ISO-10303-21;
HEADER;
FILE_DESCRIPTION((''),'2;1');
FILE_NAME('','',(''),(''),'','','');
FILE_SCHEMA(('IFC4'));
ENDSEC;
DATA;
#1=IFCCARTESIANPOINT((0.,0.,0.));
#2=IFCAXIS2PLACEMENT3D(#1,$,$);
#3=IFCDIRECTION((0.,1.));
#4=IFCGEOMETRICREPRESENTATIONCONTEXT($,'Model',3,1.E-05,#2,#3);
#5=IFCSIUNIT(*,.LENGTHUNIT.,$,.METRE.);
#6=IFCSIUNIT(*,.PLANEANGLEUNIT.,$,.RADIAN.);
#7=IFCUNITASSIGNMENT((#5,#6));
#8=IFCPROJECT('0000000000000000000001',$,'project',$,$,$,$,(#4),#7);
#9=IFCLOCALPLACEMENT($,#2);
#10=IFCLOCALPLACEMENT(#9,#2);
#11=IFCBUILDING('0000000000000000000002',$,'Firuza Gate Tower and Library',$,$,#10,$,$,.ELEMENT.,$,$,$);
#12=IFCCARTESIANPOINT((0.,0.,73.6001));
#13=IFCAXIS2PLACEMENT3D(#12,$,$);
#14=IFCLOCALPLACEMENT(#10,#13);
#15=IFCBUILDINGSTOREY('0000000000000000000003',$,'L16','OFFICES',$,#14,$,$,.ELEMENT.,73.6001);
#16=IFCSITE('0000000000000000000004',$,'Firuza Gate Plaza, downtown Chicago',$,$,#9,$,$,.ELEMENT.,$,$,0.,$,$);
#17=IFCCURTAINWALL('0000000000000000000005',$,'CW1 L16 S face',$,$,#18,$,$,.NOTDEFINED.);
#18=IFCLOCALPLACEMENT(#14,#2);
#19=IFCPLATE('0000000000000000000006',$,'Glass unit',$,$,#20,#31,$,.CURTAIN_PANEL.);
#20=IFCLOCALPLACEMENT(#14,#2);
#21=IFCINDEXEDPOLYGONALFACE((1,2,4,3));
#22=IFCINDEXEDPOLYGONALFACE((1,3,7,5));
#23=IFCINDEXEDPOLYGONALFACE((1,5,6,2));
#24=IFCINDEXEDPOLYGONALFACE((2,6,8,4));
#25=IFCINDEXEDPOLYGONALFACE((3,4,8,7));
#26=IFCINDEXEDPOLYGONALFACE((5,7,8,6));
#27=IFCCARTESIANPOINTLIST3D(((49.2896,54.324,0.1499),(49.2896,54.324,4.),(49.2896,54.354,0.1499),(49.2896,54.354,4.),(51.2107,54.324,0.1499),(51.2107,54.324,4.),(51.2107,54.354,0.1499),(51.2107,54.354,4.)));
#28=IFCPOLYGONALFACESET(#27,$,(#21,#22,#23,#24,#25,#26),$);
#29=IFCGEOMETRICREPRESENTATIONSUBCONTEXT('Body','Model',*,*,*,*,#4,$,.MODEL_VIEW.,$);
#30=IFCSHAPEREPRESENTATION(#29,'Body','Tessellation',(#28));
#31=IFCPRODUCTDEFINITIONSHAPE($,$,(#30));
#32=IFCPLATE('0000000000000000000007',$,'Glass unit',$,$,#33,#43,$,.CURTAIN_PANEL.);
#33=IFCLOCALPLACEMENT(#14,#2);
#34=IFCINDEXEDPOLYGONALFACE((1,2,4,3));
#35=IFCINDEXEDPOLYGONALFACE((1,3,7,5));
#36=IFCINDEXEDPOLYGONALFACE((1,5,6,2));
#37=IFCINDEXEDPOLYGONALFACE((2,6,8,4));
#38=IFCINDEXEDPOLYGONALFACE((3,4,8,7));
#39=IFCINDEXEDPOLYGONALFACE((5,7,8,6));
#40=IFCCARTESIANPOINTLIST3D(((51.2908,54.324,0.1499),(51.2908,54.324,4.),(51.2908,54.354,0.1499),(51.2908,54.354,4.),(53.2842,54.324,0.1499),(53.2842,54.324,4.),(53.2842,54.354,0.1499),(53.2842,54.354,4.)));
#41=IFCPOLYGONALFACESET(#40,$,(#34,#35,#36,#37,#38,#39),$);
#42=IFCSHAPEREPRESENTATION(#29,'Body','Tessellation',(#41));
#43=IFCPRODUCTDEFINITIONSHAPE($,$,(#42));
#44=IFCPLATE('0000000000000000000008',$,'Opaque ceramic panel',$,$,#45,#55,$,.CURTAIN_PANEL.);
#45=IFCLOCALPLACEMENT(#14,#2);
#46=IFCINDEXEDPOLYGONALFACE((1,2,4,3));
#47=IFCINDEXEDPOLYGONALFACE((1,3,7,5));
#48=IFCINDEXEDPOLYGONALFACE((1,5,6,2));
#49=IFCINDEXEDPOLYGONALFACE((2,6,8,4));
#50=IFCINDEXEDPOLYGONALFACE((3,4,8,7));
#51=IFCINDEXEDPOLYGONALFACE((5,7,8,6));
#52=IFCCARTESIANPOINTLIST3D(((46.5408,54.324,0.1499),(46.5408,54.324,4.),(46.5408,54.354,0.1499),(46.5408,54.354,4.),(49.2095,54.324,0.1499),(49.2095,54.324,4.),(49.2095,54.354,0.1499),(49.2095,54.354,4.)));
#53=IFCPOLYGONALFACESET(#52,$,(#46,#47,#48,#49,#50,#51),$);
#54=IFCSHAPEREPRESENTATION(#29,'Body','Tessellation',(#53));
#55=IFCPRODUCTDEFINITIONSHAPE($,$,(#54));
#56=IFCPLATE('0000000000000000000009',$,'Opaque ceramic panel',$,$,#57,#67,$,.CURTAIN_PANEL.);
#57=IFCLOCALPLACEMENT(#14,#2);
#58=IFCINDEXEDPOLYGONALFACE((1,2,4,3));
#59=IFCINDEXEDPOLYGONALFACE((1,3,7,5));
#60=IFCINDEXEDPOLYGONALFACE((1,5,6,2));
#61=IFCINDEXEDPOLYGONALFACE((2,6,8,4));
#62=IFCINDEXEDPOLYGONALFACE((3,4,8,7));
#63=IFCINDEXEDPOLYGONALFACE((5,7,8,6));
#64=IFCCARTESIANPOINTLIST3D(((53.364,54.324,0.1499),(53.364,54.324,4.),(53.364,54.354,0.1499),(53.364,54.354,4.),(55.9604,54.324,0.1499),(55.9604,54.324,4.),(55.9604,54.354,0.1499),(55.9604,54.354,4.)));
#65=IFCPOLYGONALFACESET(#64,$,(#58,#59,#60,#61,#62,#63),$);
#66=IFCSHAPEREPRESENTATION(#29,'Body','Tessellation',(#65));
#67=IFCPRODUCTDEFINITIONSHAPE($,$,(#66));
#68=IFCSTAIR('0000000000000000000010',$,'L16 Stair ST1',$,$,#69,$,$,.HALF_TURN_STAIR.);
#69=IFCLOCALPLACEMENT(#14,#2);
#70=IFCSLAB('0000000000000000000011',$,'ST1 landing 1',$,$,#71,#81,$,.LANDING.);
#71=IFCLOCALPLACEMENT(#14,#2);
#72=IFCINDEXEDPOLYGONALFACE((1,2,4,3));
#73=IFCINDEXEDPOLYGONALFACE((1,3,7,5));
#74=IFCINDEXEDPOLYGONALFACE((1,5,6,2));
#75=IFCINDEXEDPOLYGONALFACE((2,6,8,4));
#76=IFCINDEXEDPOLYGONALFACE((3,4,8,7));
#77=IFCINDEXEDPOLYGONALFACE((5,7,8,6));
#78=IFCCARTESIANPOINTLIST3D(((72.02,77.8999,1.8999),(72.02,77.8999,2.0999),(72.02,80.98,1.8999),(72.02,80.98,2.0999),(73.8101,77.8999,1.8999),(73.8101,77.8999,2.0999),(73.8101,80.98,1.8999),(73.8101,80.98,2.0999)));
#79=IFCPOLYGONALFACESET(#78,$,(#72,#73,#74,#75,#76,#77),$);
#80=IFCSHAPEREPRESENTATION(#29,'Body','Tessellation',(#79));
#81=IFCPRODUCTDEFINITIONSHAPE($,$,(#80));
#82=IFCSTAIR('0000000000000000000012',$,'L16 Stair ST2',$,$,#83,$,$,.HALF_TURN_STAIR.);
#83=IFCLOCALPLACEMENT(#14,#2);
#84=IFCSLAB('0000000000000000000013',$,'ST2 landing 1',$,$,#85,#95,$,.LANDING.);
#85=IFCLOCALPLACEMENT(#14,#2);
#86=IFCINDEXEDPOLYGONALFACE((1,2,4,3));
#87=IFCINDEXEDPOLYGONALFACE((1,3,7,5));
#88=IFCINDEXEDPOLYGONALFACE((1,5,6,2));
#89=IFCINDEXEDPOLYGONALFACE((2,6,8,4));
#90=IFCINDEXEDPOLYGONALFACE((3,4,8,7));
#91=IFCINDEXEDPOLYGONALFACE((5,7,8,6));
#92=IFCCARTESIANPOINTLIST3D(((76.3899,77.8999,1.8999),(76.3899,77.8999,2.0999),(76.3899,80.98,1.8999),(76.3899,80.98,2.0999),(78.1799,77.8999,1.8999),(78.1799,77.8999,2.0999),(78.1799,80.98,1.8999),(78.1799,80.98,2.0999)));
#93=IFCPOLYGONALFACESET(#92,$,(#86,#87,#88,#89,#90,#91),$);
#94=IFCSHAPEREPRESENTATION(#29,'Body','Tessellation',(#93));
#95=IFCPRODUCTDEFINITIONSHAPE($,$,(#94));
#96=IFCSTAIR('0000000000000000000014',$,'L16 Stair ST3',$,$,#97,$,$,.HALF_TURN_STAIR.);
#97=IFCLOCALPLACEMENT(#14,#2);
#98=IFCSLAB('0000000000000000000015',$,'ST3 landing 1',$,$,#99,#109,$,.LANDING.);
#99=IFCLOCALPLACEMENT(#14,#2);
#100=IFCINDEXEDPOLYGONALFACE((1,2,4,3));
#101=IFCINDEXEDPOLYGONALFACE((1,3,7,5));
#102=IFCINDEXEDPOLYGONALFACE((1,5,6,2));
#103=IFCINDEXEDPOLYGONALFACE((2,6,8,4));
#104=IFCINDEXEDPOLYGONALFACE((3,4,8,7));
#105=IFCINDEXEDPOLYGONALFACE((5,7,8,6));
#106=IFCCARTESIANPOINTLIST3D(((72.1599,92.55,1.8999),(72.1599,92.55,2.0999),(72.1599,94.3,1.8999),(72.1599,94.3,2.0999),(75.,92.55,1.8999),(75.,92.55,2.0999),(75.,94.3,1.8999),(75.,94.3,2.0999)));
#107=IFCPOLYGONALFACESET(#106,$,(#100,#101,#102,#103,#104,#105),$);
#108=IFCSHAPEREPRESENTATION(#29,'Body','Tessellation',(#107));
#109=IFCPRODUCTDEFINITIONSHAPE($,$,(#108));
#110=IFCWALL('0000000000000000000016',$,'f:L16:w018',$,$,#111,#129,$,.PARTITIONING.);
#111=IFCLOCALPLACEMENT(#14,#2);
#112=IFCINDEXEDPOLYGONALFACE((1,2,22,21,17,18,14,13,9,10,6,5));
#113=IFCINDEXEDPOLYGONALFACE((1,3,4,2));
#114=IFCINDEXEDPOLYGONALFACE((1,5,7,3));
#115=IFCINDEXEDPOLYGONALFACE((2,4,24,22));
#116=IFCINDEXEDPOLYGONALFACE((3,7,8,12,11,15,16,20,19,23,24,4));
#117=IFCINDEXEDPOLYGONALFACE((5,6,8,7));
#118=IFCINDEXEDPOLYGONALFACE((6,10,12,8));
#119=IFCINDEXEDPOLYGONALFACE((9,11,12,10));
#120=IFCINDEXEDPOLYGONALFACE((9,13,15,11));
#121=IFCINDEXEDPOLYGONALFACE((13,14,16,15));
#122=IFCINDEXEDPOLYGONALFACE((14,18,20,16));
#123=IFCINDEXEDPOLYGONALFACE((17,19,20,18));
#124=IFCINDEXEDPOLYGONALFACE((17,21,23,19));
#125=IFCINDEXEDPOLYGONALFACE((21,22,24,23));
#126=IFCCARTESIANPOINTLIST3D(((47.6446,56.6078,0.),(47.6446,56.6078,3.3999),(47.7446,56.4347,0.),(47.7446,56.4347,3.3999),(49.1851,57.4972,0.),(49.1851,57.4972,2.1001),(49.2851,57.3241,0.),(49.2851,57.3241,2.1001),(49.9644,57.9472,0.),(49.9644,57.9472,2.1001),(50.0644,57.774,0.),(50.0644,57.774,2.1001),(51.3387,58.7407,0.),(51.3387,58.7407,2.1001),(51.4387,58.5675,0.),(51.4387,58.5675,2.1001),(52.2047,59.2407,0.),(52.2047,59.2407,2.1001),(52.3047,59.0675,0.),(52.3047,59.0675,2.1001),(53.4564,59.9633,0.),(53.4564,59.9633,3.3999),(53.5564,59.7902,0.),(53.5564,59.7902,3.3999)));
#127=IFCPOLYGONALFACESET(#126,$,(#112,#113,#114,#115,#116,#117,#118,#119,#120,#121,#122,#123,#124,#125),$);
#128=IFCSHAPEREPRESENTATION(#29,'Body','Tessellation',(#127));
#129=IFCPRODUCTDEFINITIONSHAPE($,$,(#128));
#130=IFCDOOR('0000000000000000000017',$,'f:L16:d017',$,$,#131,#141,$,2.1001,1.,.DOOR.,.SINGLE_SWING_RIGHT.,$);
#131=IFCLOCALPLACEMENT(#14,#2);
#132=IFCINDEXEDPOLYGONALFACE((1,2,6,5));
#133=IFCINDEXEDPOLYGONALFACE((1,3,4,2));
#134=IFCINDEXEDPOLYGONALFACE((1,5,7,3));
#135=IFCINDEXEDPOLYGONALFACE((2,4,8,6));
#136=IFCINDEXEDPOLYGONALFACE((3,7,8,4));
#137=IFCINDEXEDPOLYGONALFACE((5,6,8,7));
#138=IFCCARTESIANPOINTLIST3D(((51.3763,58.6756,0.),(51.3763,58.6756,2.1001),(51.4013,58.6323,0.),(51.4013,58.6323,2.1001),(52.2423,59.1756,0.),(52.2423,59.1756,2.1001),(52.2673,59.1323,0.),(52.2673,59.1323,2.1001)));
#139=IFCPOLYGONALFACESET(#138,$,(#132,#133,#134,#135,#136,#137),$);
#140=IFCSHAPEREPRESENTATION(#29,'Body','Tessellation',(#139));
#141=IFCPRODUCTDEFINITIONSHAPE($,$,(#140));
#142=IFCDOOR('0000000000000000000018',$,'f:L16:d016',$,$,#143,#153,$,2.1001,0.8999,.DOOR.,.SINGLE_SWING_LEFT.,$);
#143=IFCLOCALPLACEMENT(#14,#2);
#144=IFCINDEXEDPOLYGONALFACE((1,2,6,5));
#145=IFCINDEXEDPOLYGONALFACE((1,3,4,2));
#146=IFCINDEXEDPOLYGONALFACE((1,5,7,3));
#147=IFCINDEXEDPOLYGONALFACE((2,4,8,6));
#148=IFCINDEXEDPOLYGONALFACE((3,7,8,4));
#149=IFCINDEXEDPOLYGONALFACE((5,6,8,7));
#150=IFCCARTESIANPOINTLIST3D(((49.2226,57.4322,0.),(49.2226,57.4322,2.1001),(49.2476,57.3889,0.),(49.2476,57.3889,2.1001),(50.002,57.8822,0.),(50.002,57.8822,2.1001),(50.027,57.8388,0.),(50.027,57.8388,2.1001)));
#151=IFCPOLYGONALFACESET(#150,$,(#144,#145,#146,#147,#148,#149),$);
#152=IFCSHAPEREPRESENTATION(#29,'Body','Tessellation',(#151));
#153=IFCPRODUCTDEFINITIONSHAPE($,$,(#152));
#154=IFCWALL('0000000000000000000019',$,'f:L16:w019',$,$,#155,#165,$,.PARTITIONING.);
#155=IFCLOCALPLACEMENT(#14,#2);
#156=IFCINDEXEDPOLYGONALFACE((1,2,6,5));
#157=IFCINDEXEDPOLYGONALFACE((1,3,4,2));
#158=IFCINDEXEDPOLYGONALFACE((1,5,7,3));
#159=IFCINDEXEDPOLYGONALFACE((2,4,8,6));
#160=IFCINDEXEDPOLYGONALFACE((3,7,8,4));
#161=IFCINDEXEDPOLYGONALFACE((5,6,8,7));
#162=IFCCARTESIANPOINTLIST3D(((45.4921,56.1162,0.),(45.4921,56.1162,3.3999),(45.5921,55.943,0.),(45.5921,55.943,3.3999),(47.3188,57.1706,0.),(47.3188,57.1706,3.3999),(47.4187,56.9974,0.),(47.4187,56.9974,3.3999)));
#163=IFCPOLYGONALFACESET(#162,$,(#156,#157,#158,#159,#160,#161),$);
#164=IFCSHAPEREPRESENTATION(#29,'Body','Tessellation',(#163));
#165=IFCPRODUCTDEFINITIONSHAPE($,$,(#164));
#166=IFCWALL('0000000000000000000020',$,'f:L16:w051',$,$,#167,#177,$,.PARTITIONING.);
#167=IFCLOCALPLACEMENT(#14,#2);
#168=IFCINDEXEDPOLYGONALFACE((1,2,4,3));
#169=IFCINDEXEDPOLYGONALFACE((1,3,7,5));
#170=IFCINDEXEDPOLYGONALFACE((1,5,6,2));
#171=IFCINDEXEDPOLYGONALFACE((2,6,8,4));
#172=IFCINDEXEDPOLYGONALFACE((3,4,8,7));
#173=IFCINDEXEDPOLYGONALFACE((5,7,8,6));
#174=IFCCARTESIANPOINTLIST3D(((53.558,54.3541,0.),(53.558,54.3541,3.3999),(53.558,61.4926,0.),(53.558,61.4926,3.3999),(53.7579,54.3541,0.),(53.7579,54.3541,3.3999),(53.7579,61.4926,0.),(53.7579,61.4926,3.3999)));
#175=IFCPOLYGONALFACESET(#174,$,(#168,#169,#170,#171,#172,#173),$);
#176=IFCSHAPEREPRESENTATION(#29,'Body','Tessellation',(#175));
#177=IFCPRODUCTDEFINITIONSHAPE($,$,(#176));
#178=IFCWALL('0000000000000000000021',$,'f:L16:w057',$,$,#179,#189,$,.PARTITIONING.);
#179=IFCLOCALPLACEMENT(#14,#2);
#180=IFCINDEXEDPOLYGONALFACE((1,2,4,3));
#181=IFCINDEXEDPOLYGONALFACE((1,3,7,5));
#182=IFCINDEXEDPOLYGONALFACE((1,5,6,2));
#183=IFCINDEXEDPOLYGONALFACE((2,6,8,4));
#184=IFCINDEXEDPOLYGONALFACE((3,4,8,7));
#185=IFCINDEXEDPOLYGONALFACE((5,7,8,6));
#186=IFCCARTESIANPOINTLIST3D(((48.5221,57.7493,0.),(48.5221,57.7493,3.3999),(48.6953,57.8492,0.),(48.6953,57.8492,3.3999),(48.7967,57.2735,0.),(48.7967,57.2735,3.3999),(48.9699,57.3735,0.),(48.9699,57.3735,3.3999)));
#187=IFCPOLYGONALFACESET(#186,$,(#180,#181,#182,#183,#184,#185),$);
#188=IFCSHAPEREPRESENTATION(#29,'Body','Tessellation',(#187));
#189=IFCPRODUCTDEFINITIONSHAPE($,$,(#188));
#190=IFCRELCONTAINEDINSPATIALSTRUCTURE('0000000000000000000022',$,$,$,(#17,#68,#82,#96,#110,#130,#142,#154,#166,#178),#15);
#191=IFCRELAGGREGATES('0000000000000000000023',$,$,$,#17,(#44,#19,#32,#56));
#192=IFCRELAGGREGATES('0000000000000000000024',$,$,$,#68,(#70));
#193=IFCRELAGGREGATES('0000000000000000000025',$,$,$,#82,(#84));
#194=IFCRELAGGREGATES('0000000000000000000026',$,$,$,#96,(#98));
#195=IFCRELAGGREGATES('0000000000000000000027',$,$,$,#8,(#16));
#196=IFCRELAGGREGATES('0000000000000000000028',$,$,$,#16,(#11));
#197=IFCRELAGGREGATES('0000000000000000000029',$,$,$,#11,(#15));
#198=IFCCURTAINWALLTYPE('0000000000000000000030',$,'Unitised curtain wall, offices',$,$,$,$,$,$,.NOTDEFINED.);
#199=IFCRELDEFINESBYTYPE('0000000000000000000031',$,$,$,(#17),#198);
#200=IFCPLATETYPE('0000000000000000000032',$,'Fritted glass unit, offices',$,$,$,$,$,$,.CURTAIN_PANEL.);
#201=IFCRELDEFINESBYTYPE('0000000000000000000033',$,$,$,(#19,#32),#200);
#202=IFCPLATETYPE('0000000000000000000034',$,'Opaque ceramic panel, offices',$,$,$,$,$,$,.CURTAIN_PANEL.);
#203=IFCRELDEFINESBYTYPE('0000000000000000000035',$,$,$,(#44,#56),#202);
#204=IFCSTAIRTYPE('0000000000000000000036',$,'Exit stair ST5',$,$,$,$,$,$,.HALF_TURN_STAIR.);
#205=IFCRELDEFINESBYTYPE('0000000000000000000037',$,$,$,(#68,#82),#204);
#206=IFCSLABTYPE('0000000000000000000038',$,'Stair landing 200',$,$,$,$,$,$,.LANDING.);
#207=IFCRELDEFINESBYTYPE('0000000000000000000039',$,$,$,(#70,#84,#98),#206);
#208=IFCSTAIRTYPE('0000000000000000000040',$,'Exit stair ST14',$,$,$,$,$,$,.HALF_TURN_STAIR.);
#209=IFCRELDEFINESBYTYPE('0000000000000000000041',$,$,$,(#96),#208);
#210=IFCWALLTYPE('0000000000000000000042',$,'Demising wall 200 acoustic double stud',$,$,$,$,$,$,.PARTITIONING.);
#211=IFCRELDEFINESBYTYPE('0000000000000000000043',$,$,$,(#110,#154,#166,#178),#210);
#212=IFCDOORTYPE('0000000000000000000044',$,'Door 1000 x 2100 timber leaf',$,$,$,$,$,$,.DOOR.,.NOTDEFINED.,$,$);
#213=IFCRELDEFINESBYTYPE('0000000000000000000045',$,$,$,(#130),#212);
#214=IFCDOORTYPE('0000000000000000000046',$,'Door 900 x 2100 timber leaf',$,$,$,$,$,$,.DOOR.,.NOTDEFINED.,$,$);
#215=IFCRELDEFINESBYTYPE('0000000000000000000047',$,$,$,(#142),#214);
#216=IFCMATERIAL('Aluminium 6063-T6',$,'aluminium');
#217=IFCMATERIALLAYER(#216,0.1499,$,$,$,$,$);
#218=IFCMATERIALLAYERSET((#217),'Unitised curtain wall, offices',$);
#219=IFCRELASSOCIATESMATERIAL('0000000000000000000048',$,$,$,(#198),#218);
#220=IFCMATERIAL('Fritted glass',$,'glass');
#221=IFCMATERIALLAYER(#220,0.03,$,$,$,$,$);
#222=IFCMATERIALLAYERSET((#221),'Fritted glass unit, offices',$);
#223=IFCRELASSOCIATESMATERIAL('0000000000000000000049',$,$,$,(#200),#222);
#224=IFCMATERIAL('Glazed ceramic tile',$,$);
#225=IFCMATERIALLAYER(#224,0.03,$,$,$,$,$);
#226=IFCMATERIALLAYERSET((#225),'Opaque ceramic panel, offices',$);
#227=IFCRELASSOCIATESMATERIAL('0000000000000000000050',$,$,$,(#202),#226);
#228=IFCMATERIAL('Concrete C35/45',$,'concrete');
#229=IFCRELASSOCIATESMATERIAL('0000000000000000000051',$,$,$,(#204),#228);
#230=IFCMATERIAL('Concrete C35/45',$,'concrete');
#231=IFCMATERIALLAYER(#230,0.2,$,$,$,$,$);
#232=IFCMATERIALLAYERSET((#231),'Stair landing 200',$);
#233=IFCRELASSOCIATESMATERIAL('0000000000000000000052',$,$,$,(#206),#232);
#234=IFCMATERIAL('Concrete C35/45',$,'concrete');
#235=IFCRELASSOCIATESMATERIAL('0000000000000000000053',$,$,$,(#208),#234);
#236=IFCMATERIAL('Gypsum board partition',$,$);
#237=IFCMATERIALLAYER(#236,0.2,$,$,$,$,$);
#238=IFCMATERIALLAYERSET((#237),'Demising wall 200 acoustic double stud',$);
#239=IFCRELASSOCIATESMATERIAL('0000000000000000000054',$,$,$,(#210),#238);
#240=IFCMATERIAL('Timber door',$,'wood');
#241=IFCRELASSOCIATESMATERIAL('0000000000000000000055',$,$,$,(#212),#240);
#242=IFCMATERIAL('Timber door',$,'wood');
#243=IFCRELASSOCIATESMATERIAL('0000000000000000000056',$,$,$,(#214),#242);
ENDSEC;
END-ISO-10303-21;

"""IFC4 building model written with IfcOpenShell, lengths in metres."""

from ifc_helpers import new_model, si_unit, direction, frame, frame_2d, origin, place, context, subcontext, project, spatial, polyline, rectangle, outline, extrude, material, layer, layer_set, type_object, element, fill, aggregate, save


model = new_model("IFC4")

# Units and contexts
model_context = context("Model", 3, precision=1e-05, world=origin(), true_north=direction((0.0, 1.0)))
body_context = subcontext(model_context, "Body", "Model", "MODEL_VIEW")
ifc_project = project(units=[si_unit("LENGTHUNIT", "METRE"), si_unit("PLANEANGLEUNIT", "RADIAN")], contexts=[model_context])

# Site, building, storey
site_placement = place(None, origin())
site = spatial("IfcSite", under=ifc_project, at=site_placement, Name="Firuza Gate Plaza, downtown Chicago", CompositionType="ELEMENT", RefElevation=0.0)
building_placement = place(site_placement, origin())
building = spatial("IfcBuilding", under=site, at=building_placement, Name="Firuza Gate Tower and Library", CompositionType="ELEMENT")
storey_placement = place(building_placement, frame((0.0, 0.0, 73.6001)))
storey = spatial("IfcBuildingStorey", under=building, at=storey_placement, Name="L16", Description="OFFICES", CompositionType="ELEMENT", Elevation=73.6001)

# Curtain wall
ifc_material_1 = material(Name="Aluminium 6063-T6", Category="aluminium")
ifc_layer_1 = layer(ifc_material_1, 0.1499)
ifc_layer_set_1 = layer_set([ifc_layer_1], Name="Unitised curtain wall, offices")
curtain_wall_type_1 = type_object("IfcCurtainWallType", Name="Unitised curtain wall, offices", PredefinedType="NOTDEFINED", material=ifc_layer_set_1)
placement_1 = place(storey_placement, origin())
curtain_wall_1 = element("IfcCurtainWall", 1, at=placement_1, inside=storey, type_object=curtain_wall_type_1, Name="CW1 L16 S face", PredefinedType="NOTDEFINED")

# Plates
ifc_material_2 = material(Name="Fritted glass", Category="glass")
ifc_layer_2 = layer(ifc_material_2, 0.03)
ifc_layer_set_2 = layer_set([ifc_layer_2], Name="Fritted glass unit, offices")
plate_type_1 = type_object("IfcPlateType", Name="Fritted glass unit, offices", PredefinedType="CURTAIN_PANEL", material=ifc_layer_set_2)
plate_1_placement = place(storey_placement, frame((49.2896, 54.324, 0.1499), z_axis=(0.0, -1.0, 0.0), x_axis=(1.0, 0.0, 0.0)))
plate_1 = element("IfcPlate", 2, at=plate_1_placement, type_object=plate_type_1, Name="Glass unit", PredefinedType="CURTAIN_PANEL", context=body_context, shape_type="SweptSolid", body=[
    extrude(outline(polyline([(0.0, 0.0), (1.9211, 0.0), (1.9211, 3.8501), (0.0, 3.8501), (0.0, 0.0)])), origin(), (0.0, 0.0, -1.0), 0.03),
])
plate_2_placement = place(storey_placement, frame((51.2908, 54.324, 0.1499), z_axis=(0.0, -1.0, 0.0), x_axis=(1.0, 0.0, 0.0)))
plate_2 = element("IfcPlate", 3, at=plate_2_placement, type_object=plate_type_1, Name="Glass unit", PredefinedType="CURTAIN_PANEL", context=body_context, shape_type="SweptSolid", body=[
    extrude(outline(polyline([(0.0, 0.0), (1.9934, 0.0), (1.9934, 3.8501), (0.0, 3.8501), (0.0, 0.0)])), origin(), (0.0, 0.0, -1.0), 0.03),
])
ifc_material_3 = material(Name="Glazed ceramic tile")
ifc_layer_3 = layer(ifc_material_3, 0.03)
ifc_layer_set_3 = layer_set([ifc_layer_3], Name="Opaque ceramic panel, offices")
plate_type_2 = type_object("IfcPlateType", Name="Opaque ceramic panel, offices", PredefinedType="CURTAIN_PANEL", material=ifc_layer_set_3)
plate_3_placement = place(storey_placement, frame((46.5408, 54.324, 0.1499), z_axis=(0.0, -1.0, 0.0), x_axis=(1.0, 0.0, 0.0)))
plate_3 = element("IfcPlate", 4, at=plate_3_placement, type_object=plate_type_2, Name="Opaque ceramic panel", PredefinedType="CURTAIN_PANEL", context=body_context, shape_type="SweptSolid", body=[
    extrude(outline(polyline([(0.0, 0.0), (2.6687, 0.0), (2.6687, 3.8501), (0.0, 3.8501), (0.0, 0.0)])), origin(), (0.0, 0.0, -1.0), 0.03),
])
plate_4_placement = place(storey_placement, frame((53.364, 54.324, 0.1499), z_axis=(0.0, -1.0, 0.0), x_axis=(1.0, 0.0, 0.0)))
plate_4 = element("IfcPlate", 5, at=plate_4_placement, type_object=plate_type_2, Name="Opaque ceramic panel", PredefinedType="CURTAIN_PANEL", context=body_context, shape_type="SweptSolid", body=[
    extrude(outline(polyline([(0.0, 0.0), (2.5964, 0.0), (2.5964, 3.8501), (0.0, 3.8501), (0.0, 0.0)])), origin(), (0.0, 0.0, -1.0), 0.03),
])
aggregate(curtain_wall_1, [plate_3, plate_1, plate_2, plate_4])

# Stairs, slabs
ifc_material_4 = material(Name="Concrete C35/45", Category="concrete")
stair_type_1 = type_object("IfcStairType", Name="Exit stair ST5", PredefinedType="HALF_TURN_STAIR", material=ifc_material_4)
stair_1 = element("IfcStair", 6, at=placement_1, inside=storey, type_object=stair_type_1, Name="L16 Stair ST1", PredefinedType="HALF_TURN_STAIR")
ifc_material_5 = material(Name="Concrete C35/45", Category="concrete")
ifc_layer_4 = layer(ifc_material_5, 0.2)
ifc_layer_set_4 = layer_set([ifc_layer_4], Name="Stair landing 200")
slab_type_1 = type_object("IfcSlabType", Name="Stair landing 200", PredefinedType="LANDING", material=ifc_layer_set_4)
placement_2 = place(storey_placement, frame((0.0, 0.0, 1.8999)))
slab_1 = element("IfcSlab", 7, at=placement_2, type_object=slab_type_1, Name="ST1 landing 1", PredefinedType="LANDING", context=body_context, shape_type="SweptSolid", body=[
    extrude(outline(polyline([(72.02, 77.8999), (73.8101, 77.8999), (73.8101, 80.98), (72.02, 80.98), (72.02, 77.8999)])), origin(), (0.0, 0.0, 1.0), 0.2),
])
aggregate(stair_1, [slab_1])
stair_2 = element("IfcStair", 8, at=placement_1, inside=storey, type_object=stair_type_1, Name="L16 Stair ST2", PredefinedType="HALF_TURN_STAIR")
slab_2 = element("IfcSlab", 9, at=placement_2, type_object=slab_type_1, Name="ST2 landing 1", PredefinedType="LANDING", context=body_context, shape_type="SweptSolid", body=[
    extrude(outline(polyline([(78.1799, 80.98), (76.3899, 80.98), (76.3899, 77.8999), (78.1799, 77.8999), (78.1799, 80.98)])), origin(), (0.0, 0.0, 1.0), 0.2),
])
aggregate(stair_2, [slab_2])
ifc_material_6 = material(Name="Concrete C35/45", Category="concrete")
stair_type_2 = type_object("IfcStairType", Name="Exit stair ST14", PredefinedType="HALF_TURN_STAIR", material=ifc_material_6)
stair_3 = element("IfcStair", 10, at=placement_1, inside=storey, type_object=stair_type_2, Name="L16 Stair ST3", PredefinedType="HALF_TURN_STAIR")
slab_3 = element("IfcSlab", 11, at=placement_2, type_object=slab_type_1, Name="ST3 landing 1", PredefinedType="LANDING", context=body_context, shape_type="SweptSolid", body=[
    extrude(outline(polyline([(75.0, 92.55), (75.0, 94.3), (72.1599, 94.3), (72.1599, 92.55), (75.0, 92.55)])), origin(), (0.0, 0.0, 1.0), 0.2),
])
aggregate(stair_3, [slab_3])

# Wall, openings, doors
ifc_material_7 = material(Name="Gypsum board partition")
ifc_layer_5 = layer(ifc_material_7, 0.2)
ifc_layer_set_5 = layer_set([ifc_layer_5], Name="Demising wall 200 acoustic double stud")
wall_type_1 = type_object("IfcWallType", Name="Demising wall 200 acoustic double stud", PredefinedType="PARTITIONING", material=ifc_layer_set_5)
wall_1_placement = place(storey_placement, frame((47.6946, 56.5212, 0.0), z_axis=(0.0, 0.0, 1.0), x_axis=(0.866023, 0.500005, 0.0)))
wall_1 = element("IfcWall", 12, at=wall_1_placement, inside=storey, type_object=wall_type_1, Name="f:L16:w018", PredefinedType="PARTITIONING", context=body_context, shape_type="SweptSolid", body=[
    extrude(rectangle(XDim=6.7109, YDim=0.2, at=frame_2d((3.3555, 0.0))), origin(), (0.0, 0.0, 1.0), 3.3999),
])
opening_1_placement = place(wall_1_placement, frame((1.7788, 0.0, 0.0)))
opening_1 = element("IfcOpeningElement", 13, at=opening_1_placement, cuts=wall_1, PredefinedType="OPENING", context=body_context, shape_type="SweptSolid", body=[
    extrude(rectangle(XDim=0.8999, YDim=2.1001, at=frame_2d((0.45, 1.05))), frame((0.0, 0.1099, 0.0), z_axis=(0.0, -1.0, 0.0), x_axis=(1.0, 0.0, 0.0)), (0.0, 0.0, 1.0), 0.22),
])
opening_2_placement = place(wall_1_placement, frame((4.2656, 0.0, 0.0)))
opening_2 = element("IfcOpeningElement", 14, at=opening_2_placement, cuts=wall_1, PredefinedType="OPENING", context=body_context, shape_type="SweptSolid", body=[
    extrude(rectangle(XDim=1.0, YDim=2.1001, at=frame_2d((0.5, 1.05))), frame((0.0, 0.1099, 0.0), z_axis=(0.0, -1.0, 0.0), x_axis=(1.0, 0.0, 0.0)), (0.0, 0.0, 1.0), 0.22),
])
ifc_material_8 = material(Name="Timber door", Category="wood")
door_type_1 = type_object("IfcDoorType", Name="Door 1000 x 2100 timber leaf", OperationType="NOTDEFINED", PredefinedType="DOOR", material=ifc_material_8)
door_1_placement = place(opening_2_placement, origin())
door_1 = element("IfcDoor", 15, at=door_1_placement, inside=storey, type_object=door_type_1, Name="f:L16:d017", OperationType="SINGLE_SWING_RIGHT", OverallHeight=2.1001, OverallWidth=1.0, PredefinedType="DOOR", context=body_context, shape_type="SweptSolid", body=[
    extrude(rectangle(XDim=1.0, YDim=2.1001, at=frame_2d((0.5, 1.05))), frame((0.0, 0.0249, 0.0), z_axis=(0.0, -1.0, 0.0), x_axis=(1.0, 0.0, 0.0)), (0.0, 0.0, 1.0), 0.05),
])
fill(opening_2, door_1)
ifc_material_9 = material(Name="Timber door", Category="wood")
door_type_2 = type_object("IfcDoorType", Name="Door 900 x 2100 timber leaf", OperationType="NOTDEFINED", PredefinedType="DOOR", material=ifc_material_9)
door_2_placement = place(opening_1_placement, origin())
door_2 = element("IfcDoor", 16, at=door_2_placement, inside=storey, type_object=door_type_2, Name="f:L16:d016", OperationType="SINGLE_SWING_LEFT", OverallHeight=2.1001, OverallWidth=0.8999, PredefinedType="DOOR", context=body_context, shape_type="SweptSolid", body=[
    extrude(rectangle(XDim=0.8999, YDim=2.1001, at=frame_2d((0.45, 1.05))), frame((0.0, 0.0249, 0.0), z_axis=(0.0, -1.0, 0.0), x_axis=(1.0, 0.0, 0.0)), (0.0, 0.0, 1.0), 0.05),
])
fill(opening_1, door_2)

# Walls
wall_2_placement = place(storey_placement, frame((45.542, 56.0295, 0.0), z_axis=(0.0, 0.0, 1.0), x_axis=(0.866062, 0.499936, 0.0)))
element("IfcWall", 17, at=wall_2_placement, inside=storey, type_object=wall_type_1, Name="f:L16:w019", PredefinedType="PARTITIONING", context=body_context, shape_type="SweptSolid", body=[
    extrude(rectangle(XDim=2.1091, YDim=0.2, at=frame_2d((1.0547, 0.0))), origin(), (0.0, 0.0, 1.0), 3.3999),
])
wall_3_placement = place(storey_placement, frame((53.658, 54.354, 0.0), z_axis=(0.0, 0.0, 1.0), x_axis=(0.0, 1.0, 0.0)))
element("IfcWall", 18, at=wall_3_placement, inside=storey, type_object=wall_type_1, Name="f:L16:w051", PredefinedType="PARTITIONING", context=body_context, shape_type="SweptSolid", body=[
    extrude(rectangle(XDim=7.1384, YDim=0.2, at=frame_2d((3.5693, 0.0))), origin(), (0.0, 0.0, 1.0), 3.3999),
])
wall_4_placement = place(storey_placement, frame((48.8833, 57.3235, 0.0), z_axis=(0.0, 0.0, 1.0), x_axis=(-0.499915, 0.866075, 0.0)))
element("IfcWall", 19, at=wall_4_placement, inside=storey, type_object=wall_type_1, Name="f:L16:w057", PredefinedType="PARTITIONING", context=body_context, shape_type="SweptSolid", body=[
    extrude(rectangle(XDim=0.5493, YDim=0.2, at=frame_2d((0.2747, 0.0))), origin(), (0.0, 0.0, 1.0), 3.3999),
])

save(model, "model.ifc")
